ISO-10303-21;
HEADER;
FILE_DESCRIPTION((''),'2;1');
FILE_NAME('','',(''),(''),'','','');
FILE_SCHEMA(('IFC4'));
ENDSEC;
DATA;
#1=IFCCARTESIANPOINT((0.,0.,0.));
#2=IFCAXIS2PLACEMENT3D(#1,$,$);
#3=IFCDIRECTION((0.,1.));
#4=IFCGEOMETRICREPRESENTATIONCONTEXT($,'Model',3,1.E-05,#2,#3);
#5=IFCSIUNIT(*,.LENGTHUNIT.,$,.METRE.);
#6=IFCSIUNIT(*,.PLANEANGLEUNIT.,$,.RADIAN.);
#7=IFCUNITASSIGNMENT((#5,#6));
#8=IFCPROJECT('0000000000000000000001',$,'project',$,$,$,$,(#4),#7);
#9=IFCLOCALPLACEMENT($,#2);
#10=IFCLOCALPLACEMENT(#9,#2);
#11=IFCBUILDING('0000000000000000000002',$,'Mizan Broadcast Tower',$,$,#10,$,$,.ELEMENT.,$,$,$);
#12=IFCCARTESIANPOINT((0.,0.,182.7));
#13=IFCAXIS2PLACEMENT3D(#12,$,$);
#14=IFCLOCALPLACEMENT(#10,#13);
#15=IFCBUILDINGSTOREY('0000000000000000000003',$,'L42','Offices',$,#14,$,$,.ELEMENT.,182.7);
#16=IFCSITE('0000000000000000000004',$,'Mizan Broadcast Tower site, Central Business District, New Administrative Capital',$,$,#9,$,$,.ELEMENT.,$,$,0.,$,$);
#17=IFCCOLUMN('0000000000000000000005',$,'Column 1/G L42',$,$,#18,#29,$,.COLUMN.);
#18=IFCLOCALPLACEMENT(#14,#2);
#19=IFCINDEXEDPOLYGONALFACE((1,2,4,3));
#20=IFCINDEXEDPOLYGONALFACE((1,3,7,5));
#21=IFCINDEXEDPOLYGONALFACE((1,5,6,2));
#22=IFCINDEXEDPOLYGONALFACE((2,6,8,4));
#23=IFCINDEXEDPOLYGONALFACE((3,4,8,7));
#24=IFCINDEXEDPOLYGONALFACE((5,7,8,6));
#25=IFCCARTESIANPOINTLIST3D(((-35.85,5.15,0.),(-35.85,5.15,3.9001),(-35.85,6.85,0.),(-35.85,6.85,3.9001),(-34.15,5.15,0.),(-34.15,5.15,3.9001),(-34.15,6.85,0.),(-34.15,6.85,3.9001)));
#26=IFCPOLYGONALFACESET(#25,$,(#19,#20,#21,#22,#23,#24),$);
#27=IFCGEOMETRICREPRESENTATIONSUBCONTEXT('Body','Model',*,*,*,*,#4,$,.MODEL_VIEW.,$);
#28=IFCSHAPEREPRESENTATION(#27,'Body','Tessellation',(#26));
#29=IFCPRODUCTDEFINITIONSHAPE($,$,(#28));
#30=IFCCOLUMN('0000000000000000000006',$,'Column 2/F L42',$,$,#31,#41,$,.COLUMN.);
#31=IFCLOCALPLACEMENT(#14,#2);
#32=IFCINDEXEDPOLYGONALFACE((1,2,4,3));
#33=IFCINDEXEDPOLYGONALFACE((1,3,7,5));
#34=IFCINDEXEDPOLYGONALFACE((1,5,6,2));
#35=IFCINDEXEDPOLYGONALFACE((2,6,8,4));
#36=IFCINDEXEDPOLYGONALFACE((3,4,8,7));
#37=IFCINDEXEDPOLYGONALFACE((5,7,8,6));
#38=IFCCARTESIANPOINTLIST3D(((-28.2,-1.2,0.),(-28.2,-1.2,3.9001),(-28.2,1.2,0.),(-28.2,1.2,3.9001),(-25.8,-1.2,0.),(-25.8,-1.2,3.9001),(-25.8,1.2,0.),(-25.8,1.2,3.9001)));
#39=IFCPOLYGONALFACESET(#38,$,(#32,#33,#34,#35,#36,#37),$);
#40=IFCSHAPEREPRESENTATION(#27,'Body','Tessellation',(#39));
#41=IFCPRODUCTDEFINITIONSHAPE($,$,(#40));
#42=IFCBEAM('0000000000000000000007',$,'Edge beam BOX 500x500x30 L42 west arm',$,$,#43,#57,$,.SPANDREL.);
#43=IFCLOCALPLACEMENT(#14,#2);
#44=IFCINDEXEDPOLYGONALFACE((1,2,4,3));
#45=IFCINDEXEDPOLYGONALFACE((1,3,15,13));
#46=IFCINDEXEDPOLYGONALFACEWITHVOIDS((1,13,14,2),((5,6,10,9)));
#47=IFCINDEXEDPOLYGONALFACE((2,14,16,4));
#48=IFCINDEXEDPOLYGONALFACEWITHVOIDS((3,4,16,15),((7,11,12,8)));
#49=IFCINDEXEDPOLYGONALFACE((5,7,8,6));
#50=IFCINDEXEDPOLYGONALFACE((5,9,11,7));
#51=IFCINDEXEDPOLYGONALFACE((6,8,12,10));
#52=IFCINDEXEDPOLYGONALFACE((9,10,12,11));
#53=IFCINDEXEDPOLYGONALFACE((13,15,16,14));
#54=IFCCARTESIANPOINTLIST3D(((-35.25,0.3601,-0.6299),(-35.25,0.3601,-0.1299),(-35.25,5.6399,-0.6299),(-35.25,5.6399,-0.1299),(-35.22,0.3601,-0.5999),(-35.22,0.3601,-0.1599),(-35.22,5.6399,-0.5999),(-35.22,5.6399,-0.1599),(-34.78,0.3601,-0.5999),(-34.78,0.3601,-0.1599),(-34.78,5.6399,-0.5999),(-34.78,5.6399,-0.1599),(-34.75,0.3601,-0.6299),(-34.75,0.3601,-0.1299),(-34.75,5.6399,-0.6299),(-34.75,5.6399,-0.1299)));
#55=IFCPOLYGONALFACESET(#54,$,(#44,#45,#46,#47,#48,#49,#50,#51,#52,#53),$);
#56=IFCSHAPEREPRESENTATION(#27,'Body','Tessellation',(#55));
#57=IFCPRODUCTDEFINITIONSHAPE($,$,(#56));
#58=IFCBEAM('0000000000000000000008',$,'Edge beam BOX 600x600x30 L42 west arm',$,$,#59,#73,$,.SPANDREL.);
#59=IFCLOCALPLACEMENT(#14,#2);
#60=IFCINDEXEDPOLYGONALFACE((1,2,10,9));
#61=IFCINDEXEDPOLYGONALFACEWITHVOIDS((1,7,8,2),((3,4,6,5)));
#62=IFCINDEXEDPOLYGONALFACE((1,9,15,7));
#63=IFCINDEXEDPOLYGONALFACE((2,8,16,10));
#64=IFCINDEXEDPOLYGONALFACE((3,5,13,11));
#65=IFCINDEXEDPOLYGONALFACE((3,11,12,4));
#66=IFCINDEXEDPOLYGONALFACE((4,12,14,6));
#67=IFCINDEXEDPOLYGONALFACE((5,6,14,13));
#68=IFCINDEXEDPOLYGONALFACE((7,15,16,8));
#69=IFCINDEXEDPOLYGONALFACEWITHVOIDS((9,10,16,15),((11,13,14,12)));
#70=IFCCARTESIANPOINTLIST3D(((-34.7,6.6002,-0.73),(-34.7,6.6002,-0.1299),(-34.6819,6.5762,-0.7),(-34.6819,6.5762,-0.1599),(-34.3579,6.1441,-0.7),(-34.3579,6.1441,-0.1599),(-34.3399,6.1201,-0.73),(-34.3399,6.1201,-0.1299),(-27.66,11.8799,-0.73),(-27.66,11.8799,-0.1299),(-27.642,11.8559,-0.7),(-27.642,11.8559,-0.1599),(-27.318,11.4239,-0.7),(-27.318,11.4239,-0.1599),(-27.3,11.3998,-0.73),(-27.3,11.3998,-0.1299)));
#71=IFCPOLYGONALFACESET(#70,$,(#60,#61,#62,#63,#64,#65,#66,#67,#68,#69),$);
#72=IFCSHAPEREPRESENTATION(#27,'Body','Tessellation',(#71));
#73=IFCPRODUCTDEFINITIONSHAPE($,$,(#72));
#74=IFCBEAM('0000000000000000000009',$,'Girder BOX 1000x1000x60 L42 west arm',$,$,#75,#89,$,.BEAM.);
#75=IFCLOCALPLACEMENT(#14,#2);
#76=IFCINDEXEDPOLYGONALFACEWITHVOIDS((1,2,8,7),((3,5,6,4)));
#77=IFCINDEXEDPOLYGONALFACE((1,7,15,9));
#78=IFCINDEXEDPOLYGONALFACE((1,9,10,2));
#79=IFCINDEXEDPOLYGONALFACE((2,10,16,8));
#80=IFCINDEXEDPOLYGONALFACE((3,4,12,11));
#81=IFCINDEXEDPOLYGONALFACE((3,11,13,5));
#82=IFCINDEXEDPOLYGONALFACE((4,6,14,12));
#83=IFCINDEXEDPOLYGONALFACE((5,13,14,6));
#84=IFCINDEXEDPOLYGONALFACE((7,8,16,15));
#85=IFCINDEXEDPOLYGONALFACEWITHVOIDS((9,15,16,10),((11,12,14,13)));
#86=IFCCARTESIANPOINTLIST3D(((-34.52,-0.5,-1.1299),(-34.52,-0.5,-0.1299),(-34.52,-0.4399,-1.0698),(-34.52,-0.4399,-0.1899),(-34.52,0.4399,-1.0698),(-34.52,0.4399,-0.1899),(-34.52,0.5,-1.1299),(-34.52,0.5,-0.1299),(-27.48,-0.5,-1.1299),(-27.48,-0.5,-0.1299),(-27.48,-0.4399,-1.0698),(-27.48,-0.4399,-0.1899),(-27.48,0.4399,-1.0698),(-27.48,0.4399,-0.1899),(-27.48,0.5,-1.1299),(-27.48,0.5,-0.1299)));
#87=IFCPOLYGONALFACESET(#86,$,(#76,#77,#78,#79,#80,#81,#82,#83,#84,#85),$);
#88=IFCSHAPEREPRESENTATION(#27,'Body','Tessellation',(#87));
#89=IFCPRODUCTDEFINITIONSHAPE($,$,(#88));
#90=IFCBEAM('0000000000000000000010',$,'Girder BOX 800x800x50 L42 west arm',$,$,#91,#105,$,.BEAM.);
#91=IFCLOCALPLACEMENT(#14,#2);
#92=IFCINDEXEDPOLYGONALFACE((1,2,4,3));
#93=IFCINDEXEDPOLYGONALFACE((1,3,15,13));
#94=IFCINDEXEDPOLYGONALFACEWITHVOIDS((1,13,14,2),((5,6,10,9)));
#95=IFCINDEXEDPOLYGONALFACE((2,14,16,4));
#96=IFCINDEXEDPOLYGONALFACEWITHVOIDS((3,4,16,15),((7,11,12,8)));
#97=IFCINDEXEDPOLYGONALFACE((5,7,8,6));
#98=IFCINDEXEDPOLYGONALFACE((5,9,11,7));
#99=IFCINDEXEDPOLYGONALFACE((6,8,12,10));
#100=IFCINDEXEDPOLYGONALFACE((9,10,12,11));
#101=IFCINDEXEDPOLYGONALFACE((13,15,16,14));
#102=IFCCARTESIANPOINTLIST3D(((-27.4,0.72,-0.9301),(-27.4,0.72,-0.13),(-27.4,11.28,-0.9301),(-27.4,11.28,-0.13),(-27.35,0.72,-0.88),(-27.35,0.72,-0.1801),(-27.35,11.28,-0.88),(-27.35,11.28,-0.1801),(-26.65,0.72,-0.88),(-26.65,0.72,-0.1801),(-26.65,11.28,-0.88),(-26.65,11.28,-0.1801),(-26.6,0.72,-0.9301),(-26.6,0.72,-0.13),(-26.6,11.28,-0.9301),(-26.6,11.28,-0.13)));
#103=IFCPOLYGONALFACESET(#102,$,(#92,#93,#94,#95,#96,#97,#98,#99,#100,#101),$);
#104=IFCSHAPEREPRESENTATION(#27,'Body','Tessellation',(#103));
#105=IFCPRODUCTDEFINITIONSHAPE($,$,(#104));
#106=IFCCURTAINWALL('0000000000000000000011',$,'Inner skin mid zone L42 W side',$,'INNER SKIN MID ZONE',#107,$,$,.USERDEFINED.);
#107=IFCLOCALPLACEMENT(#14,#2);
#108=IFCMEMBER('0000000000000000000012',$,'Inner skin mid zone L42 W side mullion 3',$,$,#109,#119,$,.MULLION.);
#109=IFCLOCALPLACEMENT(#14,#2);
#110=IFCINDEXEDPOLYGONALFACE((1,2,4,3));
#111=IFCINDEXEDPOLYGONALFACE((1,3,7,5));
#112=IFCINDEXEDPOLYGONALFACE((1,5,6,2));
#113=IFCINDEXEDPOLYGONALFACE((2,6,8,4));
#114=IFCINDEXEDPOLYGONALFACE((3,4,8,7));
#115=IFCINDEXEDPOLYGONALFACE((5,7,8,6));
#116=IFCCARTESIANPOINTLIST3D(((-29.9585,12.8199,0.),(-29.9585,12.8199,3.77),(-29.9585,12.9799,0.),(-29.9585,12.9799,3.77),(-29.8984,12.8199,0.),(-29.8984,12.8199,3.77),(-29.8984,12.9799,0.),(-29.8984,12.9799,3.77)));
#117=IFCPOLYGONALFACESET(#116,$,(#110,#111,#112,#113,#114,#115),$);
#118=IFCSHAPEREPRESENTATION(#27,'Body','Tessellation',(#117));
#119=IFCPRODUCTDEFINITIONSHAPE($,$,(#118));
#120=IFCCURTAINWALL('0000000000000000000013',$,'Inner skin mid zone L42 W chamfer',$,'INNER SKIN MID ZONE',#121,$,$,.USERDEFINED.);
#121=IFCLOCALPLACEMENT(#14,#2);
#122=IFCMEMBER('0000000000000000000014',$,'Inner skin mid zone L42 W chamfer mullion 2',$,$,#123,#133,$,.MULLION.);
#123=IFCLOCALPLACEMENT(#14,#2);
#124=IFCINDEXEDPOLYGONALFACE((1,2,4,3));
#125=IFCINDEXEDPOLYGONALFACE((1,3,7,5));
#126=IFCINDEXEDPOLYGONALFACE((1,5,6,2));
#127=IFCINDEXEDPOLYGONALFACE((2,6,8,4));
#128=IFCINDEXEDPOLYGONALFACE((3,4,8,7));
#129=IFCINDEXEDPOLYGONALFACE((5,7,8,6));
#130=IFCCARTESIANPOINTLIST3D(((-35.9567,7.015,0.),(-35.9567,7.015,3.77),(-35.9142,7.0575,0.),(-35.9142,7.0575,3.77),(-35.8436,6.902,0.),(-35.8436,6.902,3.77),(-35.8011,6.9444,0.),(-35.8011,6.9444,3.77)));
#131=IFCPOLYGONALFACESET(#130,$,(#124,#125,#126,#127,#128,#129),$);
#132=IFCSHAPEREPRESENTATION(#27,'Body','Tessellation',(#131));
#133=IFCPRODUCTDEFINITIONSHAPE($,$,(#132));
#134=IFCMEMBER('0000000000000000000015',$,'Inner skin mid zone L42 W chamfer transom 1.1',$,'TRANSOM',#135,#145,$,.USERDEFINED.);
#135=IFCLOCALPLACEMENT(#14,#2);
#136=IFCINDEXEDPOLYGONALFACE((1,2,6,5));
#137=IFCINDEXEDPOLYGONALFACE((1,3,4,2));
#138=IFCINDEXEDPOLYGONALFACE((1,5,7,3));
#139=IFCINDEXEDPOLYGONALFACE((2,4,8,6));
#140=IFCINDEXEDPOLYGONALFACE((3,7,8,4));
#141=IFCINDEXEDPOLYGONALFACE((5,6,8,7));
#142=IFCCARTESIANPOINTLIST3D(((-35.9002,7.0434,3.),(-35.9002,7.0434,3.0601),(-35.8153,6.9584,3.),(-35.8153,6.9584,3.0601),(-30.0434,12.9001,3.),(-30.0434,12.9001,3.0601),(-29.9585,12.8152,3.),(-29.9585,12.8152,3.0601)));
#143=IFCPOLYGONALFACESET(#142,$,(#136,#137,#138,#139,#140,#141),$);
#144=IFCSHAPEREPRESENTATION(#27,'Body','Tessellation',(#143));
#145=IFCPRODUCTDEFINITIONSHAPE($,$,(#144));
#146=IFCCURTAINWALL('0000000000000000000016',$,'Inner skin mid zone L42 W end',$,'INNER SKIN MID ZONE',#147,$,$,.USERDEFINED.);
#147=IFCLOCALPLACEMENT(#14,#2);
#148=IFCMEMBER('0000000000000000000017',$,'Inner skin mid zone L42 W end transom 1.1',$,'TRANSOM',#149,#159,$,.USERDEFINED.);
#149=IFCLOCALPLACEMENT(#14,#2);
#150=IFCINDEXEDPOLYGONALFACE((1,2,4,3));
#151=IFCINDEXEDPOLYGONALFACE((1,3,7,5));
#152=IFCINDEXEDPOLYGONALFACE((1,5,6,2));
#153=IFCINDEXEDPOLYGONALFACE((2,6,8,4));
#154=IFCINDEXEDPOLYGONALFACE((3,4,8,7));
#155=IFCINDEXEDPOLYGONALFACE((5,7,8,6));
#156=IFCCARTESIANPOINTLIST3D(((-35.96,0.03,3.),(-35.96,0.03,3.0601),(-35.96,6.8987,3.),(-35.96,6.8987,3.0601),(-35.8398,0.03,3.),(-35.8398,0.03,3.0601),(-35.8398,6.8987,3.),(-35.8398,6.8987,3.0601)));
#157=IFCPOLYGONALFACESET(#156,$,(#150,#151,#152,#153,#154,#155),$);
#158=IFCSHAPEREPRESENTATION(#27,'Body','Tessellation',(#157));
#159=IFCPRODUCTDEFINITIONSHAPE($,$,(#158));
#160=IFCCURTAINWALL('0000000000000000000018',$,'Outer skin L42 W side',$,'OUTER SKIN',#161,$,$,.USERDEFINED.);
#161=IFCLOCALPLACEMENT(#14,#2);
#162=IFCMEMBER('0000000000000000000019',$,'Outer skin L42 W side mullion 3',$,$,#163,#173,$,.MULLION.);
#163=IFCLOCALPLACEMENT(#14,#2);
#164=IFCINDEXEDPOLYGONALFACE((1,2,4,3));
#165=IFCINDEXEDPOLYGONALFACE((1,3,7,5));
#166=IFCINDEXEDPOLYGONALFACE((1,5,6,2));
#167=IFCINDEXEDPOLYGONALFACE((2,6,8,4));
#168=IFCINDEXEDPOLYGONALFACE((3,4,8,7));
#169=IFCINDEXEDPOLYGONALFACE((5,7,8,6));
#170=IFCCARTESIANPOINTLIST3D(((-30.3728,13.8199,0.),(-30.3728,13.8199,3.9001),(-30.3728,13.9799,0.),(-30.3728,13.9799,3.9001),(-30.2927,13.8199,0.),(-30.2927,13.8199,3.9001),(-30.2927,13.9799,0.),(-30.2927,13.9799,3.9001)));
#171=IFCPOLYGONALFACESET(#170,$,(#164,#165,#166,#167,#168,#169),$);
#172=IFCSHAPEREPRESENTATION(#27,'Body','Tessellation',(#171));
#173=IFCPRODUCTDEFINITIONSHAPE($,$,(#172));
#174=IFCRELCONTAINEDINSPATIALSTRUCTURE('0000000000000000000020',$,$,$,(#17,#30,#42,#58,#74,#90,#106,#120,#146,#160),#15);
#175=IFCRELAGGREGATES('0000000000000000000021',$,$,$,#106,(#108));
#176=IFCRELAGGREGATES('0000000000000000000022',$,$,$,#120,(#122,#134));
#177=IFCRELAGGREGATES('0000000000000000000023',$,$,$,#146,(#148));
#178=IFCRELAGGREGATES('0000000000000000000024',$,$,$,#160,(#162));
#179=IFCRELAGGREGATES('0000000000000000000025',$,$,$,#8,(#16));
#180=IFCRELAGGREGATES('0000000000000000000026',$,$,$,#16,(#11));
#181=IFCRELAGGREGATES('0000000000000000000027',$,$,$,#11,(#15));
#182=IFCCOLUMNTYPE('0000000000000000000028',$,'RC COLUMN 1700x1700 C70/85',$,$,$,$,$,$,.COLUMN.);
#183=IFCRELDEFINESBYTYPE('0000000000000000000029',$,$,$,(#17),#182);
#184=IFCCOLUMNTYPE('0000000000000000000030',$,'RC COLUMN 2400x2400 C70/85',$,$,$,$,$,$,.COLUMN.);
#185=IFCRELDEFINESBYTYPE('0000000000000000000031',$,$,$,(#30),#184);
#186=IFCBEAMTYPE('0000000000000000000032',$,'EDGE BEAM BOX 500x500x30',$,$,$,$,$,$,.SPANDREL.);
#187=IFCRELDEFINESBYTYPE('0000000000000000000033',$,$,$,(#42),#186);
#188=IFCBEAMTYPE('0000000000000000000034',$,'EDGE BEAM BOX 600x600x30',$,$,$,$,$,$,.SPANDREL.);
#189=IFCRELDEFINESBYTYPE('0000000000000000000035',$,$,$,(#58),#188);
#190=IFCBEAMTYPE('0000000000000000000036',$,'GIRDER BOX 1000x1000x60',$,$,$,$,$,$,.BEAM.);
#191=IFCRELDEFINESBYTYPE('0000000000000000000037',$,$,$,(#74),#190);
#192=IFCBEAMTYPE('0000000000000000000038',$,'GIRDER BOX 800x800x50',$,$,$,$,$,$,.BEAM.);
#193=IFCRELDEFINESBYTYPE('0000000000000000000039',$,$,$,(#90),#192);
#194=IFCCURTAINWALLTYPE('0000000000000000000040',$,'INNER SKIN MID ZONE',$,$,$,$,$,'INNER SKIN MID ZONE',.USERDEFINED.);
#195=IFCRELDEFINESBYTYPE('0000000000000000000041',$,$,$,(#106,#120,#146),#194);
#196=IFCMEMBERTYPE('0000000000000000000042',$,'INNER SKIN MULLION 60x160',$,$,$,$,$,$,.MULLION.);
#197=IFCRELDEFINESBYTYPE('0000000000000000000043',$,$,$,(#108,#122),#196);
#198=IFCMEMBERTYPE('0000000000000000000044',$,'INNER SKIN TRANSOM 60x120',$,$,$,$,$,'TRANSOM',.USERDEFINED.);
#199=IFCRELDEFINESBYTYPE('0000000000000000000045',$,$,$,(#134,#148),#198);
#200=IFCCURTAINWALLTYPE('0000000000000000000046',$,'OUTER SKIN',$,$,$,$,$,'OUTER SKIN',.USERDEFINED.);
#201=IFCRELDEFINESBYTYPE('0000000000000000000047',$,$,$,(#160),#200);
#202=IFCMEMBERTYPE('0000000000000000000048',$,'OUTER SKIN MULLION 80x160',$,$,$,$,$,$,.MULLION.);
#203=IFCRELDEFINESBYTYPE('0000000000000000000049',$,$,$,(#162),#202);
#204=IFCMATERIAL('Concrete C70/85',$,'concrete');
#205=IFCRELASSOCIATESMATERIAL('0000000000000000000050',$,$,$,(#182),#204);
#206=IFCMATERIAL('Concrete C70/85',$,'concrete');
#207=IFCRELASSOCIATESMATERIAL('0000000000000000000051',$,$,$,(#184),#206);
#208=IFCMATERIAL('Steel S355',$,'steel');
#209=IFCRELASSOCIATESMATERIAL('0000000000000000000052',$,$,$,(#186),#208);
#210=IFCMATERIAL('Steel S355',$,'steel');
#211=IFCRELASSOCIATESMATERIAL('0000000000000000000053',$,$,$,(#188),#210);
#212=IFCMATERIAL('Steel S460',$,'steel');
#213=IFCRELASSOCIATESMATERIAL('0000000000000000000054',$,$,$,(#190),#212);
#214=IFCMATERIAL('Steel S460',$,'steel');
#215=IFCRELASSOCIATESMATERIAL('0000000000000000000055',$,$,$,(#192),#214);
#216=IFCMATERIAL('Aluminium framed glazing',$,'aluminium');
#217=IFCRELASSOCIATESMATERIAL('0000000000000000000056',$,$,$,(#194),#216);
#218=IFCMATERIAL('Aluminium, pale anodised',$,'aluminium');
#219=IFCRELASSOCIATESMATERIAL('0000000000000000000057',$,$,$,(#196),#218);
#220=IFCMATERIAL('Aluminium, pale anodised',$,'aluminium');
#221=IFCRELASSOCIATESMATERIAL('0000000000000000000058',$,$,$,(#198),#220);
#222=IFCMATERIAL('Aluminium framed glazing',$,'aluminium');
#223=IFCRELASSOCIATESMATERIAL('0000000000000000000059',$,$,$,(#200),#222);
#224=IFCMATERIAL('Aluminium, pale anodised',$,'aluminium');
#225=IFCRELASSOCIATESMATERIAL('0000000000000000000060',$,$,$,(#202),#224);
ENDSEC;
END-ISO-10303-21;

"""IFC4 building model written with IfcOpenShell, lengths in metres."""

from ifc_helpers import new_model, si_unit, direction, frame, origin, origin_2d, place, context, subcontext, project, spatial, rectangle, hollow_rectangle, extrude, material, material_profile, profile_set, type_object, element, aggregate, save


model = new_model("IFC4")

# Units and contexts
model_context = context("Model", 3, precision=1e-05, world=origin(), true_north=direction((0.0, 1.0)))
body_context = subcontext(model_context, "Body", "Model", "MODEL_VIEW")
ifc_project = project(units=[si_unit("LENGTHUNIT", "METRE"), si_unit("PLANEANGLEUNIT", "RADIAN")], contexts=[model_context])

# Site, building, storey
site_placement = place(None, origin())
site = spatial("IfcSite", under=ifc_project, at=site_placement, Name="Mizan Broadcast Tower site, Central Business District, New Administrative Capital", CompositionType="ELEMENT", RefElevation=0.0)
building_placement = place(site_placement, origin())
building = spatial("IfcBuilding", under=site, at=building_placement, Name="Mizan Broadcast Tower", CompositionType="ELEMENT")
storey_placement = place(building_placement, frame((0.0, 0.0, 182.7)))
storey = spatial("IfcBuildingStorey", under=building, at=storey_placement, Name="L42", Description="Offices", CompositionType="ELEMENT", Elevation=182.7)

# Columns
ifc_material_1 = material(Name="Concrete C70/85", Category="concrete")
ifc_material_profile_1 = material_profile(ifc_material_1, rectangle(XDim=1.7, YDim=1.7, at=origin_2d()), Name="RC 1700x1700")
ifc_profile_set_1 = profile_set([ifc_material_profile_1], Name="Concrete C70/85")
column_type_1 = type_object("IfcColumnType", Name="RC COLUMN 1700x1700 C70/85", PredefinedType="COLUMN", material=ifc_profile_set_1)
column_1_placement = place(storey_placement, frame((-35.0, 6.0, 0.0), z_axis=(0.0, 0.0, 1.0), x_axis=(1.0, 0.0, 0.0)))
element("IfcColumn", 1, at=column_1_placement, inside=storey, type_object=column_type_1, Name="Column 1/G L42", PredefinedType="COLUMN", context=body_context, shape_type="SweptSolid", body=[
    extrude(rectangle(XDim=1.7, YDim=1.7, at=origin_2d()), origin(), (0.0, 0.0, 1.0), 3.9001),
])
ifc_material_2 = material(Name="Concrete C70/85", Category="concrete")
ifc_material_profile_2 = material_profile(ifc_material_2, rectangle(XDim=2.3999, YDim=2.3999, at=origin_2d()), Name="RC 2400x2400")
ifc_profile_set_2 = profile_set([ifc_material_profile_2], Name="Concrete C70/85")
column_type_2 = type_object("IfcColumnType", Name="RC COLUMN 2400x2400 C70/85", PredefinedType="COLUMN", material=ifc_profile_set_2)
column_2_placement = place(storey_placement, frame((-27.0, 0.0, 0.0), z_axis=(0.0, 0.0, 1.0), x_axis=(1.0, 0.0, 0.0)))
element("IfcColumn", 2, at=column_2_placement, inside=storey, type_object=column_type_2, Name="Column 2/F L42", PredefinedType="COLUMN", context=body_context, shape_type="SweptSolid", body=[
    extrude(rectangle(XDim=2.3999, YDim=2.3999, at=origin_2d()), origin(), (0.0, 0.0, 1.0), 3.9001),
])

# Beams
ifc_material_3 = material(Name="Steel S355", Category="steel")
ifc_material_profile_3 = material_profile(ifc_material_3, hollow_rectangle(XDim=0.5, YDim=0.5, WallThickness=0.03, at=origin_2d()), Name="BOX 500x500x30")
ifc_profile_set_3 = profile_set([ifc_material_profile_3], Name="Steel S355")
beam_type_1 = type_object("IfcBeamType", Name="EDGE BEAM BOX 500x500x30", PredefinedType="SPANDREL", material=ifc_profile_set_3)
beam_1_placement = place(storey_placement, frame((-35.0, 5.6399, -0.3799), z_axis=(0.0, -1.0, 0.0), x_axis=(1.0, 0.0, 0.0)))
element("IfcBeam", 3, at=beam_1_placement, inside=storey, type_object=beam_type_1, Name="Edge beam BOX 500x500x30 L42 west arm", PredefinedType="SPANDREL", context=body_context, shape_type="SweptSolid", body=[
    extrude(hollow_rectangle(XDim=0.5, YDim=0.5, WallThickness=0.03, at=origin_2d()), origin(), (0.0, 0.0, 1.0), 5.2798),
])
ifc_material_4 = material(Name="Steel S355", Category="steel")
ifc_material_profile_4 = material_profile(ifc_material_4, hollow_rectangle(XDim=0.6001, YDim=0.6001, WallThickness=0.03, at=origin_2d()), Name="BOX 600x600x30")
ifc_profile_set_4 = profile_set([ifc_material_profile_4], Name="Steel S355")
beam_type_2 = type_object("IfcBeamType", Name="EDGE BEAM BOX 600x600x30", PredefinedType="SPANDREL", material=ifc_profile_set_4)
beam_2_placement = place(storey_placement, frame((-27.48, 11.6399, -0.4299), z_axis=(-0.800013, -0.599982, 0.0), x_axis=(0.599982, -0.800013, 0.0)))
element("IfcBeam", 4, at=beam_2_placement, inside=storey, type_object=beam_type_2, Name="Edge beam BOX 600x600x30 L42 west arm", PredefinedType="SPANDREL", context=body_context, shape_type="SweptSolid", body=[
    extrude(hollow_rectangle(XDim=0.6001, YDim=0.6001, WallThickness=0.03, at=origin_2d()), origin(), (0.0, 0.0, 1.0), 8.7998),
])
ifc_material_5 = material(Name="Steel S460", Category="steel")
ifc_material_profile_5 = material_profile(ifc_material_5, hollow_rectangle(XDim=1.0, YDim=1.0, WallThickness=0.0601, at=origin_2d()), Name="BOX 1000x1000x60")
ifc_profile_set_5 = profile_set([ifc_material_profile_5], Name="Steel S460")
beam_type_3 = type_object("IfcBeamType", Name="GIRDER BOX 1000x1000x60", PredefinedType="BEAM", material=ifc_profile_set_5)
beam_3_placement = place(storey_placement, frame((-27.48, 0.0, -0.6299), z_axis=(-1.0, 0.0, 0.0), x_axis=(0.0, -1.0, 0.0)))
element("IfcBeam", 5, at=beam_3_placement, inside=storey, type_object=beam_type_3, Name="Girder BOX 1000x1000x60 L42 west arm", PredefinedType="BEAM", context=body_context, shape_type="SweptSolid", body=[
    extrude(hollow_rectangle(XDim=1.0, YDim=1.0, WallThickness=0.0601, at=origin_2d()), origin(), (0.0, 0.0, 1.0), 7.04),
])
ifc_material_6 = material(Name="Steel S460", Category="steel")
ifc_material_profile_6 = material_profile(ifc_material_6, hollow_rectangle(XDim=0.8, YDim=0.8, WallThickness=0.05, at=origin_2d()), Name="BOX 800x800x50")
ifc_profile_set_6 = profile_set([ifc_material_profile_6], Name="Steel S460")
beam_type_4 = type_object("IfcBeamType", Name="GIRDER BOX 800x800x50", PredefinedType="BEAM", material=ifc_profile_set_6)
beam_4_placement = place(storey_placement, frame((-27.0, 11.28, -0.53), z_axis=(0.0, -1.0, 0.0), x_axis=(1.0, 0.0, 0.0)))
element("IfcBeam", 6, at=beam_4_placement, inside=storey, type_object=beam_type_4, Name="Girder BOX 800x800x50 L42 west arm", PredefinedType="BEAM", context=body_context, shape_type="SweptSolid", body=[
    extrude(hollow_rectangle(XDim=0.8, YDim=0.8, WallThickness=0.05, at=origin_2d()), origin(), (0.0, 0.0, 1.0), 10.5601),
])

# Curtain wall, member
ifc_material_7 = material(Name="Aluminium framed glazing", Category="aluminium")
curtain_wall_type_1 = type_object("IfcCurtainWallType", Name="INNER SKIN MID ZONE", ElementType="INNER SKIN MID ZONE", PredefinedType="USERDEFINED", material=ifc_material_7)
curtain_wall_1_placement = place(storey_placement, origin())
curtain_wall_1 = element("IfcCurtainWall", 7, at=curtain_wall_1_placement, inside=storey, type_object=curtain_wall_type_1, Name="Inner skin mid zone L42 W side", ObjectType="INNER SKIN MID ZONE", PredefinedType="USERDEFINED")
ifc_material_8 = material(Name="Aluminium, pale anodised", Category="aluminium")
ifc_material_profile_7 = material_profile(ifc_material_8, rectangle(XDim=0.1599, YDim=0.0601, at=origin_2d()), Name="MULLION 160x60")
ifc_profile_set_7 = profile_set([ifc_material_profile_7], Name="Aluminium, pale anodised")
member_type_1 = type_object("IfcMemberType", Name="INNER SKIN MULLION 60x160", PredefinedType="MULLION", material=ifc_profile_set_7)
member_1_placement = place(storey_placement, frame((-29.9285, 12.8999, 0.0), z_axis=(0.0, 0.0, 1.0), x_axis=(0.0, -1.0, 0.0)))
member_1 = element("IfcMember", 8, at=member_1_placement, type_object=member_type_1, Name="Inner skin mid zone L42 W side mullion 3", PredefinedType="MULLION", context=body_context, shape_type="SweptSolid", body=[
    extrude(rectangle(XDim=0.1599, YDim=0.0601, at=origin_2d()), origin(), (0.0, 0.0, 1.0), 3.77),
])

# Curtain wall, members
curtain_wall_2_placement = place(storey_placement, origin())
curtain_wall_2 = element("IfcCurtainWall", 9, at=curtain_wall_2_placement, inside=storey, type_object=curtain_wall_type_1, Name="Inner skin mid zone L42 W chamfer", ObjectType="INNER SKIN MID ZONE", PredefinedType="USERDEFINED")
member_2_placement = place(storey_placement, frame((-35.8789, 6.9797, 0.0), z_axis=(0.0, 0.0, 1.0), x_axis=(0.707107, -0.707107, 0.0)))
member_2 = element("IfcMember", 10, at=member_2_placement, type_object=member_type_1, Name="Inner skin mid zone L42 W chamfer mullion 2", PredefinedType="MULLION", context=body_context, shape_type="SweptSolid", body=[
    extrude(rectangle(XDim=0.1599, YDim=0.0601, at=origin_2d()), origin(), (0.0, 0.0, 1.0), 3.77),
])
ifc_material_9 = material(Name="Aluminium, pale anodised", Category="aluminium")
ifc_material_profile_8 = material_profile(ifc_material_9, rectangle(XDim=0.1201, YDim=0.0601, at=origin_2d()), Name="TRANSOM 120x60")
ifc_profile_set_8 = profile_set([ifc_material_profile_8], Name="Aluminium, pale anodised")
member_type_2 = type_object("IfcMemberType", Name="INNER SKIN TRANSOM 60x120", ElementType="TRANSOM", PredefinedType="USERDEFINED", material=ifc_profile_set_8)
member_3_placement = place(storey_placement, frame((-30.001, 12.8577, 3.03), z_axis=(-0.707107, -0.707107, 0.0), x_axis=(0.707107, -0.707107, 0.0)))
member_3 = element("IfcMember", 11, at=member_3_placement, type_object=member_type_2, Name="Inner skin mid zone L42 W chamfer transom 1.1", ObjectType="TRANSOM", PredefinedType="USERDEFINED", context=body_context, shape_type="SweptSolid", body=[
    extrude(rectangle(XDim=0.1201, YDim=0.0601, at=origin_2d()), origin(), (0.0, 0.0, 1.0), 8.2827),
])

# Curtain walls, members
curtain_wall_3_placement = place(storey_placement, origin())
curtain_wall_3 = element("IfcCurtainWall", 12, at=curtain_wall_3_placement, inside=storey, type_object=curtain_wall_type_1, Name="Inner skin mid zone L42 W end", ObjectType="INNER SKIN MID ZONE", PredefinedType="USERDEFINED")
member_4_placement = place(storey_placement, frame((-35.8999, 6.8987, 3.03), z_axis=(0.0, -1.0, 0.0), x_axis=(1.0, 0.0, 0.0)))
member_4 = element("IfcMember", 13, at=member_4_placement, type_object=member_type_2, Name="Inner skin mid zone L42 W end transom 1.1", ObjectType="TRANSOM", PredefinedType="USERDEFINED", context=body_context, shape_type="SweptSolid", body=[
    extrude(rectangle(XDim=0.1201, YDim=0.0601, at=origin_2d()), origin(), (0.0, 0.0, 1.0), 6.8687),
])
ifc_material_10 = material(Name="Aluminium framed glazing", Category="aluminium")
curtain_wall_type_2 = type_object("IfcCurtainWallType", Name="OUTER SKIN", ElementType="OUTER SKIN", PredefinedType="USERDEFINED", material=ifc_material_10)
curtain_wall_4_placement = place(storey_placement, origin())
curtain_wall_4 = element("IfcCurtainWall", 14, at=curtain_wall_4_placement, inside=storey, type_object=curtain_wall_type_2, Name="Outer skin L42 W side", ObjectType="OUTER SKIN", PredefinedType="USERDEFINED")
ifc_material_11 = material(Name="Aluminium, pale anodised", Category="aluminium")
ifc_material_profile_9 = material_profile(ifc_material_11, rectangle(XDim=0.1599, YDim=0.0801, at=origin_2d()), Name="MULLION 160x80")
ifc_profile_set_9 = profile_set([ifc_material_profile_9], Name="Aluminium, pale anodised")
member_type_3 = type_object("IfcMemberType", Name="OUTER SKIN MULLION 80x160", PredefinedType="MULLION", material=ifc_profile_set_9)
member_5_placement = place(storey_placement, frame((-30.3328, 13.8999, 0.0), z_axis=(0.0, 0.0, 1.0), x_axis=(0.0, -1.0, 0.0)))
member_5 = element("IfcMember", 15, at=member_5_placement, type_object=member_type_3, Name="Outer skin L42 W side mullion 3", PredefinedType="MULLION", context=body_context, shape_type="SweptSolid", body=[
    extrude(rectangle(XDim=0.1599, YDim=0.0801, at=origin_2d()), origin(), (0.0, 0.0, 1.0), 3.9001),
])

aggregate(curtain_wall_1, [member_1])
aggregate(curtain_wall_2, [member_2, member_3])
aggregate(curtain_wall_3, [member_4])
aggregate(curtain_wall_4, [member_5])

save(model, "model.ifc")
